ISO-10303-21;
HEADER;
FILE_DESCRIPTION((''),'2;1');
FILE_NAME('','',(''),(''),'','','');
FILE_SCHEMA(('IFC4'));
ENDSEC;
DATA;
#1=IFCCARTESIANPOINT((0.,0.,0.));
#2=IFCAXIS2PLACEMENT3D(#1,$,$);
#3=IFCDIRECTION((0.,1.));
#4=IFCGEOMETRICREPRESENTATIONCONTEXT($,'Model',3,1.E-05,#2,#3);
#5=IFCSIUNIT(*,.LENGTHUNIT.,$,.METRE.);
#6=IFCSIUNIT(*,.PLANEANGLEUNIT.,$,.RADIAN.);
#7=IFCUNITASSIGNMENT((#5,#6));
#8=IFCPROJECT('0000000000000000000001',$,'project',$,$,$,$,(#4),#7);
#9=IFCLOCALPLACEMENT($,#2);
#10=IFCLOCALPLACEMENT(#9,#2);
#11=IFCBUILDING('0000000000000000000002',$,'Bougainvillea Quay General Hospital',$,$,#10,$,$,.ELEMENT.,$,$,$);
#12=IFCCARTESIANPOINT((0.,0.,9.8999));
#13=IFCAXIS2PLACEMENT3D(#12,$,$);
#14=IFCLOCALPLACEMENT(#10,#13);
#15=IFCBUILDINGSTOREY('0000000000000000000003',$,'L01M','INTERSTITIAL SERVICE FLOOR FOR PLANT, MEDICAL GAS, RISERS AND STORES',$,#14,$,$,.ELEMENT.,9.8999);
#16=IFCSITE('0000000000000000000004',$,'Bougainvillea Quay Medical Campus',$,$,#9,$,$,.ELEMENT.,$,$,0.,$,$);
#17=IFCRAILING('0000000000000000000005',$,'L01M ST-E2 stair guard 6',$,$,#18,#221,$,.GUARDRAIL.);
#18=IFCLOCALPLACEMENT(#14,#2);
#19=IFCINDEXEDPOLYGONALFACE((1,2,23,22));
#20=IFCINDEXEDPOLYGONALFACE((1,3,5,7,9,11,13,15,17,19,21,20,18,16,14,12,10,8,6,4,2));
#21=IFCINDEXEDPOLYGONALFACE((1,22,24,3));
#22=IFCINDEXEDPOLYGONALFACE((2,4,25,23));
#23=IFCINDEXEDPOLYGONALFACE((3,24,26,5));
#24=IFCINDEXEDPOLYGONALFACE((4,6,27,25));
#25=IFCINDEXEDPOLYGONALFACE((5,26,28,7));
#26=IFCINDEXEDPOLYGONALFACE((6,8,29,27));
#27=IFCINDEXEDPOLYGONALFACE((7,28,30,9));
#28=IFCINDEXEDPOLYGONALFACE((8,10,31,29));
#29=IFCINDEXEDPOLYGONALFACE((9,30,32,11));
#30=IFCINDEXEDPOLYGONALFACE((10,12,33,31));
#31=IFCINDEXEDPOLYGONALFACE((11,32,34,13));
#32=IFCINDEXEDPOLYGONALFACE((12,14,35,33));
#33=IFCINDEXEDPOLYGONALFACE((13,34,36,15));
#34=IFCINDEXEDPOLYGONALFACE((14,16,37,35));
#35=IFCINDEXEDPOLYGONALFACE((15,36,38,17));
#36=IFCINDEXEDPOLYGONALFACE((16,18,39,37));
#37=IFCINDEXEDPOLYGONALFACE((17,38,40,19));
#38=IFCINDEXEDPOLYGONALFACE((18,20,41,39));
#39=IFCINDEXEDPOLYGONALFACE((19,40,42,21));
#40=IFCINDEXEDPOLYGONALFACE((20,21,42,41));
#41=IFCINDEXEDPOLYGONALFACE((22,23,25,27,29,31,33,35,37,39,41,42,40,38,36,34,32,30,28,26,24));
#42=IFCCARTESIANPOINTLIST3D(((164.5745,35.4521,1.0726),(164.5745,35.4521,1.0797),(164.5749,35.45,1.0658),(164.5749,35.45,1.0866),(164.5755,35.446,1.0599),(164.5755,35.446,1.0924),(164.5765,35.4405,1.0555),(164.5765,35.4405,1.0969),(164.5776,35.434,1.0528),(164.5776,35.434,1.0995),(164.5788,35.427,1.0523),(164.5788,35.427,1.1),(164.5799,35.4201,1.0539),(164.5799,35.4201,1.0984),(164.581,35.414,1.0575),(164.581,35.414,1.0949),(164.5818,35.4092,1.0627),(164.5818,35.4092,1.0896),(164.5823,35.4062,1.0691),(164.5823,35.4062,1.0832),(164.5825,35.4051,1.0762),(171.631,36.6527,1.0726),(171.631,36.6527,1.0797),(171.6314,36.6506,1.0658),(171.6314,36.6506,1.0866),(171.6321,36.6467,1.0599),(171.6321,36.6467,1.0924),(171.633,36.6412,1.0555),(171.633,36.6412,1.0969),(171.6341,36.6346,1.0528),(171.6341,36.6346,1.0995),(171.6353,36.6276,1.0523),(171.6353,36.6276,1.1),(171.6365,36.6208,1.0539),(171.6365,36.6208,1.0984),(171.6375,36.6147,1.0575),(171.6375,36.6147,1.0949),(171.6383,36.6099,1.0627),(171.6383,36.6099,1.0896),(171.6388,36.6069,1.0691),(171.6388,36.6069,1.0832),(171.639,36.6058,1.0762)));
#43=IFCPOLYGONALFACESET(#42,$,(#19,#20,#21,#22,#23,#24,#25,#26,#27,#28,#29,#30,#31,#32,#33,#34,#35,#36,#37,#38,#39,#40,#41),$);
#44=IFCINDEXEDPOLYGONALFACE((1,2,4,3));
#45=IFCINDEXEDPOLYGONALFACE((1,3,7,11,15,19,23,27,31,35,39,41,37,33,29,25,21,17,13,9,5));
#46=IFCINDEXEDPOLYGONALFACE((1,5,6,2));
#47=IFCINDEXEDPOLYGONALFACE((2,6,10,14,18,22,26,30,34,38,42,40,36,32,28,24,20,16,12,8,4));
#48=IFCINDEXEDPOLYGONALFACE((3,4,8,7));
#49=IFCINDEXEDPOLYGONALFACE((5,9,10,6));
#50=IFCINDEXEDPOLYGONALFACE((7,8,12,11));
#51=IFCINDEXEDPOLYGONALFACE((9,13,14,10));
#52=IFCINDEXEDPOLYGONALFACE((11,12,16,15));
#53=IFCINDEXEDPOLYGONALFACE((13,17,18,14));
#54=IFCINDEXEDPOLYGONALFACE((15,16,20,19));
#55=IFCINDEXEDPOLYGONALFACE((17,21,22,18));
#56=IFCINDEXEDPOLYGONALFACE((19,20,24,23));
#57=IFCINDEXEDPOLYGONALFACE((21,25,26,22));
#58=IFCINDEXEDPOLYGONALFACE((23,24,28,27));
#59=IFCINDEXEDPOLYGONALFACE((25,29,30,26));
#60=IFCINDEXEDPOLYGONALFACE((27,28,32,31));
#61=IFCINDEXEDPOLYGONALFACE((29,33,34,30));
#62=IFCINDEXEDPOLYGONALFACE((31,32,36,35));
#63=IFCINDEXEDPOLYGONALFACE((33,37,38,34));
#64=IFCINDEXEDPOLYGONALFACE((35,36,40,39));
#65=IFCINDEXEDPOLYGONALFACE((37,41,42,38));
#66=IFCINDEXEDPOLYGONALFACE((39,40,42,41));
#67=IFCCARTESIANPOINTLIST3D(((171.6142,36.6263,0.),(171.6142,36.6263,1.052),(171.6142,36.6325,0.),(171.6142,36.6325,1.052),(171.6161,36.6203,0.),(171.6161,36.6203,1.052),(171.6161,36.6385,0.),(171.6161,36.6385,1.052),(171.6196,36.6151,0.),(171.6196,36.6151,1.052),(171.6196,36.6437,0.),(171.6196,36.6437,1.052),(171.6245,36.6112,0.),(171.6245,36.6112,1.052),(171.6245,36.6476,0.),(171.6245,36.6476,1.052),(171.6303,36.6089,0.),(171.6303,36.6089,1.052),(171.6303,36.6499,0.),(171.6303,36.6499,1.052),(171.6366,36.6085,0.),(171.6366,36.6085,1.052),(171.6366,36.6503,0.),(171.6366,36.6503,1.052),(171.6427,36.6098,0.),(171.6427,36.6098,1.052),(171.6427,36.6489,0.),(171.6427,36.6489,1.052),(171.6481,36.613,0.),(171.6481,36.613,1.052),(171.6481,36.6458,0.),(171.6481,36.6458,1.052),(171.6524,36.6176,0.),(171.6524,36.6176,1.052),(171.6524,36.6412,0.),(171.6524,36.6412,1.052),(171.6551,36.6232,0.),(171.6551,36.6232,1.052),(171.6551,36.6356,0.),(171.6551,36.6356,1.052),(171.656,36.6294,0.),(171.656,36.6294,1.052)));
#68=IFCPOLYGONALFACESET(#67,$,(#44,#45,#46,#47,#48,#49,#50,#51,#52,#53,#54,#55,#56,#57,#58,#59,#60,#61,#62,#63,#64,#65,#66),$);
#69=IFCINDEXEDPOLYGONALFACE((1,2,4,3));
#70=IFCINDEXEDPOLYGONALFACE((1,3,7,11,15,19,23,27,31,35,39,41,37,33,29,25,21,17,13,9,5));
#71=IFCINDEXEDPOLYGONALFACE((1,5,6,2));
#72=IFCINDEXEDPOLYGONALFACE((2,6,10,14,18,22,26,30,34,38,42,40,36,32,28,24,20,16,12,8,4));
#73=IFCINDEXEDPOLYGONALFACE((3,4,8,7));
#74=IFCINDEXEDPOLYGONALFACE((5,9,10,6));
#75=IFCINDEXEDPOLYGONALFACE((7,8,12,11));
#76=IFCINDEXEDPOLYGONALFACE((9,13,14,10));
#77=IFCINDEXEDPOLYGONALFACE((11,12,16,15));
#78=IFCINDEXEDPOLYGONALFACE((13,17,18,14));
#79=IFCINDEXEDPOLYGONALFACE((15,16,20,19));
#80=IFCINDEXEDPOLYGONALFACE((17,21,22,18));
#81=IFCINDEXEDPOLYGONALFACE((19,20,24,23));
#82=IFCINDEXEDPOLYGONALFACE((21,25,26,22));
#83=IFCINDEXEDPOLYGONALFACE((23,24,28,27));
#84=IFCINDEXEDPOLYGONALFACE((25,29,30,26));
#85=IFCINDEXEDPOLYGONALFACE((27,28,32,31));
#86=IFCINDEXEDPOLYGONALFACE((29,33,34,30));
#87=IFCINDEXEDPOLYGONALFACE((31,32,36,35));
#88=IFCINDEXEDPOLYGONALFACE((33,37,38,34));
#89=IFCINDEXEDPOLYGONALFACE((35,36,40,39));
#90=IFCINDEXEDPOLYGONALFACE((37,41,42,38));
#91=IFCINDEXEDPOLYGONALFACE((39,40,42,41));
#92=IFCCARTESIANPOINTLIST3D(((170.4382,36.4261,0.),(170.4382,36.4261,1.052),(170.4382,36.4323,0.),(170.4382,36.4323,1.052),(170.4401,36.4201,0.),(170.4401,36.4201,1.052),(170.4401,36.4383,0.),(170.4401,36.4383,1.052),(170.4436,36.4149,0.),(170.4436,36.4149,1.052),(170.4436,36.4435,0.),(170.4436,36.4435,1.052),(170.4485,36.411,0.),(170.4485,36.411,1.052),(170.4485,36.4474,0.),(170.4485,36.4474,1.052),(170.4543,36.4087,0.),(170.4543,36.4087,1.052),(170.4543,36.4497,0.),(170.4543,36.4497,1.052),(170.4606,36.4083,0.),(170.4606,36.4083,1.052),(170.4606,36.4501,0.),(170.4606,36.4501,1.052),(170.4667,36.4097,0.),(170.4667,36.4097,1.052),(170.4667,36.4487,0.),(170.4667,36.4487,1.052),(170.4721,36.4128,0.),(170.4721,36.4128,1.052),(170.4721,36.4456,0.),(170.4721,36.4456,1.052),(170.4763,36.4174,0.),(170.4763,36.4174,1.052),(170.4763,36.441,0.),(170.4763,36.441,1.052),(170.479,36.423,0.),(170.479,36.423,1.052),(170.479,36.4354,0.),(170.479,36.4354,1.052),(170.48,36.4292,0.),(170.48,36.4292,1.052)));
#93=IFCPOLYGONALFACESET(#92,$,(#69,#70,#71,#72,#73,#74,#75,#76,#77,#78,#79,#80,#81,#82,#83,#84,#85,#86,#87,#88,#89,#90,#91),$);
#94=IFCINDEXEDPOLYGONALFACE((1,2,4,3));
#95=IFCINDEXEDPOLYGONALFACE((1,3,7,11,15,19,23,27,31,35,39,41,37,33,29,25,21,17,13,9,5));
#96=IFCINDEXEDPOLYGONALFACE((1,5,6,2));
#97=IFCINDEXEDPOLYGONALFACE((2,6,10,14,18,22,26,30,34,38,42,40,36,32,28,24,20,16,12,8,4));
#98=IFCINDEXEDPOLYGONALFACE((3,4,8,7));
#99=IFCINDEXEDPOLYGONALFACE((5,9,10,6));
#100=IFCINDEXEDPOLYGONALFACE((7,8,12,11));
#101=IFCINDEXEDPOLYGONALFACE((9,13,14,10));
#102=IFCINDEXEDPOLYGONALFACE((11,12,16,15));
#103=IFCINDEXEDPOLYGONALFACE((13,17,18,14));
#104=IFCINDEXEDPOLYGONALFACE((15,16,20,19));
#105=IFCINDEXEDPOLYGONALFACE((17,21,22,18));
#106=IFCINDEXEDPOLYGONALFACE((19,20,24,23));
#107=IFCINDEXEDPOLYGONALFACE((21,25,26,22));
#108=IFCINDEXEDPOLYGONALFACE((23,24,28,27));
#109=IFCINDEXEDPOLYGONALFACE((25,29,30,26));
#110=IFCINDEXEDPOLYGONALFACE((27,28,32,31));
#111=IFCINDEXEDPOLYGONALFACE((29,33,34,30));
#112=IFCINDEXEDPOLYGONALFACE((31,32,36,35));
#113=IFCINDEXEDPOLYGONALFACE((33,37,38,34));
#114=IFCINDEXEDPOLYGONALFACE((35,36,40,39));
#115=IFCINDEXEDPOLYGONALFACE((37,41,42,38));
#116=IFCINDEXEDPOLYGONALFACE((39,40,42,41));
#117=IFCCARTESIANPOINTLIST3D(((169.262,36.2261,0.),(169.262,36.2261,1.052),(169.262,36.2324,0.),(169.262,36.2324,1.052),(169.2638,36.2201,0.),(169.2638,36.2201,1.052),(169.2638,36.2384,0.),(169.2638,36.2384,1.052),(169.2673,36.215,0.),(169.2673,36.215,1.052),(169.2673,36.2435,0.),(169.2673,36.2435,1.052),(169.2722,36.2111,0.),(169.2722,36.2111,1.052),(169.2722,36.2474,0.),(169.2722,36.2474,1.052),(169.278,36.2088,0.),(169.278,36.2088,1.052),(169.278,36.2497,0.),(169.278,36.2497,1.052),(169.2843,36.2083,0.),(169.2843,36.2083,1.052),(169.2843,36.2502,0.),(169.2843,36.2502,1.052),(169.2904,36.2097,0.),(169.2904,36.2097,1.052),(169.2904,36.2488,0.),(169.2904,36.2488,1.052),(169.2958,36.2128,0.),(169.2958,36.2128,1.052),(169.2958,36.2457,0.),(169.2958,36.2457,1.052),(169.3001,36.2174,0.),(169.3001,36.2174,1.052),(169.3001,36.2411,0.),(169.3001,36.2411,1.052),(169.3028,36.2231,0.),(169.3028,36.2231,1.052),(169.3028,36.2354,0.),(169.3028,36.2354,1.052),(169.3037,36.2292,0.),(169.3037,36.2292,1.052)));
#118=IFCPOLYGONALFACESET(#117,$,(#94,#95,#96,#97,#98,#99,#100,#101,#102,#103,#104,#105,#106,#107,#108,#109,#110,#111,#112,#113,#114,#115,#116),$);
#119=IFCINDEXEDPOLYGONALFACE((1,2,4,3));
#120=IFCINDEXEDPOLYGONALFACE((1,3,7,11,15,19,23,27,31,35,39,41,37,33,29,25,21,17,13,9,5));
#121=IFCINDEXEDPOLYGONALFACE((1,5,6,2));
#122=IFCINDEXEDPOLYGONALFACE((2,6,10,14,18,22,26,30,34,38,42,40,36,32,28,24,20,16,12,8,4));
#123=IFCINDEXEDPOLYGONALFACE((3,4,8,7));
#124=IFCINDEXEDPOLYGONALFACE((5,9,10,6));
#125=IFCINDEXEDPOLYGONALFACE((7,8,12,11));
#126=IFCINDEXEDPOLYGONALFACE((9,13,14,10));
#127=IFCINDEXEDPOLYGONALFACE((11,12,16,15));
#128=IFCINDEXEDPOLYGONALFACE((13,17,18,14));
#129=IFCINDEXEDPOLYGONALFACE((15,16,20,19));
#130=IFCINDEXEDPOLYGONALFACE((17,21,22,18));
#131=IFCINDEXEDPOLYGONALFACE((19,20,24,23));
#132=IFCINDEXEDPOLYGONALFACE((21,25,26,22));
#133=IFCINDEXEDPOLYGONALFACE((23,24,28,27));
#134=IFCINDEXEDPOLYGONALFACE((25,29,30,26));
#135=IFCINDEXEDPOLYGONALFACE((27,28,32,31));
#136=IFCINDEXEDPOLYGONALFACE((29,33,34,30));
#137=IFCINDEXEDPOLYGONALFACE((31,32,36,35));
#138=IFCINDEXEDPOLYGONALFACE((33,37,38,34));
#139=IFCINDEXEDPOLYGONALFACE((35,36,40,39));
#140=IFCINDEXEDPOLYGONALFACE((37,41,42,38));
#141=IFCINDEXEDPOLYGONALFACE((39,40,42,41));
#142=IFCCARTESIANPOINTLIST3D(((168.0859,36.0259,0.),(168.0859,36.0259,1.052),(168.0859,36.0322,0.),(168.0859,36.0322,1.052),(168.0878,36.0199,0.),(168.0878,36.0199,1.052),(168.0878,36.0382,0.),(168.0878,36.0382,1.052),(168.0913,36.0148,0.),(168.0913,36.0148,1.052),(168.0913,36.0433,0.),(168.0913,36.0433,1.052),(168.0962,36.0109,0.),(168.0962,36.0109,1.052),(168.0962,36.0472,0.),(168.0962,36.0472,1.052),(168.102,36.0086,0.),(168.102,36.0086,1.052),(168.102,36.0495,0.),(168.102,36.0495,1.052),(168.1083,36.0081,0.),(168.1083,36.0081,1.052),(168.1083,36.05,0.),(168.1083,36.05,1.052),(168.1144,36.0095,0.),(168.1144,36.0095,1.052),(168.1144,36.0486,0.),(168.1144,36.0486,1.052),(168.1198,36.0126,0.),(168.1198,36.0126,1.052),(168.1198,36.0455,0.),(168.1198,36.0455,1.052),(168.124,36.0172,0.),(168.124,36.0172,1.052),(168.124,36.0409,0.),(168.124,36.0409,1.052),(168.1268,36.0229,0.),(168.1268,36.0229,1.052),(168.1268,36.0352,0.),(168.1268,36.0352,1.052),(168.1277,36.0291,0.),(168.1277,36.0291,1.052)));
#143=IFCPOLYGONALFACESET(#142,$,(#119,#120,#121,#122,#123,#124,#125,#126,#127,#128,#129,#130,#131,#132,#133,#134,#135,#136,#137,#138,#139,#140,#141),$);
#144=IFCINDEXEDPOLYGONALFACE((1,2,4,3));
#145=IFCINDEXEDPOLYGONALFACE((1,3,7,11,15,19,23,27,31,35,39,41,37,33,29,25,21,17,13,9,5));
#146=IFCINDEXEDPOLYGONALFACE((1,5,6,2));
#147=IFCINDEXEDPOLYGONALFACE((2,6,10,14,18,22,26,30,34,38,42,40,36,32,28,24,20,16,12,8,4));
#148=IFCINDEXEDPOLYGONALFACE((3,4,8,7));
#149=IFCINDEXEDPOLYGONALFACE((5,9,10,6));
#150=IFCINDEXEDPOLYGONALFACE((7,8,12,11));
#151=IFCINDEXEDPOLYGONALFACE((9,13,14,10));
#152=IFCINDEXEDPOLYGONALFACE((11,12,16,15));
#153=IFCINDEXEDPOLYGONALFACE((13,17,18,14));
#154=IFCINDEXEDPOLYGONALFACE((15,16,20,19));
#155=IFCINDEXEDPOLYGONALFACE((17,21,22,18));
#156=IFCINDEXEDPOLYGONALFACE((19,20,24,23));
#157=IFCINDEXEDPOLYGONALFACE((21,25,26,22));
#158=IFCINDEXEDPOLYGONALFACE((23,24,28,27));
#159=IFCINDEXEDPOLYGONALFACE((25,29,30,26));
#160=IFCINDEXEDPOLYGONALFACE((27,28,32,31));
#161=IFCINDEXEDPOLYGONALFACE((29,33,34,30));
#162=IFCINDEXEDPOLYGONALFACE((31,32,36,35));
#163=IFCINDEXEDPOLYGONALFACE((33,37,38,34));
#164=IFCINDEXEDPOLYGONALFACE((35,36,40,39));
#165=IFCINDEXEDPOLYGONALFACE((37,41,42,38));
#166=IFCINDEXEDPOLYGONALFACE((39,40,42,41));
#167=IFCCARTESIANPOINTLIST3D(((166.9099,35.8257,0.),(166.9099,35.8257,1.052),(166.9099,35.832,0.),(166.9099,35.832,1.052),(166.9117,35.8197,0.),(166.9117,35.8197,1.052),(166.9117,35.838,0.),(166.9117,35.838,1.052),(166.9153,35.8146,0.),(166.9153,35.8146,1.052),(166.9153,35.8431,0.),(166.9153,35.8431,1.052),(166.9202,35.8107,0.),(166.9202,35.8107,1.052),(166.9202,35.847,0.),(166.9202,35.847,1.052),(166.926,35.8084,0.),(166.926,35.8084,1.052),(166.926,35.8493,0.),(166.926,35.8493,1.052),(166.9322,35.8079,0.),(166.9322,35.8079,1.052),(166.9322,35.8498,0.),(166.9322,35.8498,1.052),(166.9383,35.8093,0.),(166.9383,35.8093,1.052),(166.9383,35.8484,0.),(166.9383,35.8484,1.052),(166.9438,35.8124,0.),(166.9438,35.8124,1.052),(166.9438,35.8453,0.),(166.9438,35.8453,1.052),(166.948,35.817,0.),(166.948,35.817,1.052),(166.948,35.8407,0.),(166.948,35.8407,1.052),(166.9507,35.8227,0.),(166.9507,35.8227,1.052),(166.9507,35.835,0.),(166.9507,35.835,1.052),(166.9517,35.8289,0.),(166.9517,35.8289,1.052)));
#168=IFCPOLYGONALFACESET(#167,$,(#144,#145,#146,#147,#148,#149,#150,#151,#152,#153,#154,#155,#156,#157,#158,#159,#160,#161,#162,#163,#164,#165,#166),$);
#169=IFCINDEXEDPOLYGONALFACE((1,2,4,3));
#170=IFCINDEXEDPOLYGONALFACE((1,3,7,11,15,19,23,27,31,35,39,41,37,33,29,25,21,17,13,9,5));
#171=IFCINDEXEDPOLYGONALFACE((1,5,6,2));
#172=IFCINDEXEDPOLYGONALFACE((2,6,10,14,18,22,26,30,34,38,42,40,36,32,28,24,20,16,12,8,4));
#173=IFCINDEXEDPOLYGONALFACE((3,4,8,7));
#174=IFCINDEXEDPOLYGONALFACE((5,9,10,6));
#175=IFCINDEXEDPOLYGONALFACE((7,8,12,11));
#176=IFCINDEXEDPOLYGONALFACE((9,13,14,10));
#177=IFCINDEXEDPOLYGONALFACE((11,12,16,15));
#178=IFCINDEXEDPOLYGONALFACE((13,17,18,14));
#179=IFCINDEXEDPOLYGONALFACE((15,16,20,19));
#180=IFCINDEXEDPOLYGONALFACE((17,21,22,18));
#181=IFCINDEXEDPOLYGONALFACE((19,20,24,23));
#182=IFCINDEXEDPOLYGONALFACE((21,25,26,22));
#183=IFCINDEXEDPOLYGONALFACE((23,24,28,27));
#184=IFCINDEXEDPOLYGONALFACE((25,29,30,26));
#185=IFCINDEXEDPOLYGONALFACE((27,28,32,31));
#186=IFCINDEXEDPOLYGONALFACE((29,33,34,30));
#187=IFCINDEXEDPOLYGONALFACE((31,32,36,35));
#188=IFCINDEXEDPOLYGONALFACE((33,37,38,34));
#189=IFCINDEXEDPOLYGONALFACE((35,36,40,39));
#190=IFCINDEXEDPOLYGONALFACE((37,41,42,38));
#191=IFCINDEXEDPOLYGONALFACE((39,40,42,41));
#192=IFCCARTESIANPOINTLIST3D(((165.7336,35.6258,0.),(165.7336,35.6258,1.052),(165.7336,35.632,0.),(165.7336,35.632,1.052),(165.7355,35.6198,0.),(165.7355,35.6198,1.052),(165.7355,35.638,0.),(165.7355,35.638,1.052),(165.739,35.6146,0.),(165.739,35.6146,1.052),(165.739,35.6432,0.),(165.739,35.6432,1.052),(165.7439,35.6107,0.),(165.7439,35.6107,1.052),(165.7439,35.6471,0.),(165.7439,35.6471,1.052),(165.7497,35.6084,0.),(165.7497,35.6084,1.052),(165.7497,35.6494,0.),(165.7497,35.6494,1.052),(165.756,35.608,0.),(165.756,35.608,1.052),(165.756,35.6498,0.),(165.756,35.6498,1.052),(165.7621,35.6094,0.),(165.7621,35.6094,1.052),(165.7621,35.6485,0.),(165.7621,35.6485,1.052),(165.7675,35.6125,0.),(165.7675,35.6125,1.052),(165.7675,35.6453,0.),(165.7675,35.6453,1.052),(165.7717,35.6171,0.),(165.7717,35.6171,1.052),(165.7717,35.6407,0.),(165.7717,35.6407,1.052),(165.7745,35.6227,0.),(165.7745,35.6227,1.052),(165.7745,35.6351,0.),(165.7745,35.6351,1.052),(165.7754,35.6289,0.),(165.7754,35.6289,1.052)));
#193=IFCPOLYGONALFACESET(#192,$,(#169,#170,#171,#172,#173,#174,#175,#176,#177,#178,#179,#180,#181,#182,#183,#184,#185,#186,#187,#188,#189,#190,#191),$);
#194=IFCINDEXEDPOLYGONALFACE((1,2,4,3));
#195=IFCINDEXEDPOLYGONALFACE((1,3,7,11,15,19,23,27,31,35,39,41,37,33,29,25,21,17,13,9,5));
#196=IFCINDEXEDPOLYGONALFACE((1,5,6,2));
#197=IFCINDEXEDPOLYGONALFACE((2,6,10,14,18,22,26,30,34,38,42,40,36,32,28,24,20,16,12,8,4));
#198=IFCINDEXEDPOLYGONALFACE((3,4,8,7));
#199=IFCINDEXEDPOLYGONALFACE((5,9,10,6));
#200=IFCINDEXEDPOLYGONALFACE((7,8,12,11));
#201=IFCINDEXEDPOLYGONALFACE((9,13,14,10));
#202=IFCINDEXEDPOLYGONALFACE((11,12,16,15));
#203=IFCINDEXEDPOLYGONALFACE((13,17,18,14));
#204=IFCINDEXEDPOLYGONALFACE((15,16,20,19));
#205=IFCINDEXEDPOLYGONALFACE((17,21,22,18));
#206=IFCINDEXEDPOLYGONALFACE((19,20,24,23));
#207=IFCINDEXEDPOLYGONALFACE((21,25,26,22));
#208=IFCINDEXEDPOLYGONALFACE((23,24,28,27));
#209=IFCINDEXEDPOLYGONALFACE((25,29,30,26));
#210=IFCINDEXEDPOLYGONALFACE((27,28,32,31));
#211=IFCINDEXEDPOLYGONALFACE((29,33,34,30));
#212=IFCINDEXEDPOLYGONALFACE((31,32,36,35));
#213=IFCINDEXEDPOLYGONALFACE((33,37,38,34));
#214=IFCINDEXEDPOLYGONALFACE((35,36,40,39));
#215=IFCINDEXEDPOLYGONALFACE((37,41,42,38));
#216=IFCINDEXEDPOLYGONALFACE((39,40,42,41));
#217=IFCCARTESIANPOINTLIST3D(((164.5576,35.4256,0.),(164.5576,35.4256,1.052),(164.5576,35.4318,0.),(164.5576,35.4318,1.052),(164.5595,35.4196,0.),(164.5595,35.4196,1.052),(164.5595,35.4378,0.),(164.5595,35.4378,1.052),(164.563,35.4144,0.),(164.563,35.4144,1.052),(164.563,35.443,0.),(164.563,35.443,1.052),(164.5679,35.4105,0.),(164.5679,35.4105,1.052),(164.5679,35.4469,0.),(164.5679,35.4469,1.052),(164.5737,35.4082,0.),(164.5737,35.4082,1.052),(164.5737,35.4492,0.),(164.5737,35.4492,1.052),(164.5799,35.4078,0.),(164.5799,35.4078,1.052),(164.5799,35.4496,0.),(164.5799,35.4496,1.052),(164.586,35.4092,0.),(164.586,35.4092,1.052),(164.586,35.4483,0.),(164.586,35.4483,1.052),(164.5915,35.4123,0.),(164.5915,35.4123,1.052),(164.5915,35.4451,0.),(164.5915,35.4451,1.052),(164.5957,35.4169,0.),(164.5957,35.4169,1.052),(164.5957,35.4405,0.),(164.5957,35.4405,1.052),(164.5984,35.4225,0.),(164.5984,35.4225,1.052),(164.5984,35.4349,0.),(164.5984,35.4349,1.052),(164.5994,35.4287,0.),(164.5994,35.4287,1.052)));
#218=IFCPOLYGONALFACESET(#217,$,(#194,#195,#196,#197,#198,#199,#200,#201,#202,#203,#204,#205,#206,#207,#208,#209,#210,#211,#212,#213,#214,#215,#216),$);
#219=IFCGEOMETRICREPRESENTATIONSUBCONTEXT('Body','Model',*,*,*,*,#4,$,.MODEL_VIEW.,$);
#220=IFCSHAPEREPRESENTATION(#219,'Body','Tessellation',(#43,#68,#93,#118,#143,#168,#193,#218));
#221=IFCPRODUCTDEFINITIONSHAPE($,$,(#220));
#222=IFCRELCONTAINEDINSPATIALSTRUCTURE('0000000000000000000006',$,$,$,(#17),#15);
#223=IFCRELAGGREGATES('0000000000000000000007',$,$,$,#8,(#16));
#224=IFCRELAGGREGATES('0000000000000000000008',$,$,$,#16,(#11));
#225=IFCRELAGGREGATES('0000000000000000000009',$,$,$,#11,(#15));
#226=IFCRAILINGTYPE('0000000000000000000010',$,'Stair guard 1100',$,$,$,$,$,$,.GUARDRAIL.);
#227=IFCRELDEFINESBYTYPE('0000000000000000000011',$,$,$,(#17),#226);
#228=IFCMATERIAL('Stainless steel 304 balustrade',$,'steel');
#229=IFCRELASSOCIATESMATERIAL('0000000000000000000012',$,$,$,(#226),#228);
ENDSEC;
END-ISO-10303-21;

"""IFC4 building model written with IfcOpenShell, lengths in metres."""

from ifc_helpers import new_model, si_unit, direction, frame, origin, origin_2d, place, context, subcontext, project, spatial, circle, extrude, material, type_object, element, save


model = new_model("IFC4")

# Units and contexts
model_context = context("Model", 3, precision=1e-05, world=origin(), true_north=direction((0.0, 1.0)))
body_context = subcontext(model_context, "Body", "Model", "MODEL_VIEW")
ifc_project = project(units=[si_unit("LENGTHUNIT", "METRE"), si_unit("PLANEANGLEUNIT", "RADIAN")], contexts=[model_context])

# Site, building, storey
site_placement = place(None, origin())
site = spatial("IfcSite", under=ifc_project, at=site_placement, Name="Bougainvillea Quay Medical Campus", CompositionType="ELEMENT", RefElevation=0.0)
building_placement = place(site_placement, origin())
building = spatial("IfcBuilding", under=site, at=building_placement, Name="Bougainvillea Quay General Hospital", CompositionType="ELEMENT")
storey_placement = place(building_placement, frame((0.0, 0.0, 9.8999)))
storey = spatial("IfcBuildingStorey", under=building, at=storey_placement, Name="L01M", Description="INTERSTITIAL SERVICE FLOOR FOR PLANT, MEDICAL GAS, RISERS AND STORES", CompositionType="ELEMENT", Elevation=9.8999)

# Railing
ifc_material_1 = material(Name="Stainless steel 304 balustrade", Category="steel")
railing_type_1 = type_object("IfcRailingType", Name="Stair guard 1100", PredefinedType="GUARDRAIL", material=ifc_material_1)
railing_1_placement = place(storey_placement, frame((171.635, 36.6294, 0.0)))
element("IfcRailing", 1, at=railing_1_placement, inside=storey, type_object=railing_type_1, Name="L01M ST-E2 stair guard 6", PredefinedType="GUARDRAIL", context=body_context, shape_type="SweptSolid", body=[
    extrude(circle(Radius=0.0239, at=origin_2d()), frame((0.0, 0.0, 1.0762), z_axis=(-0.985831, -0.167739, 0.0), x_axis=(0.167739, -0.985831, 0.0)), (0.0, 0.0, 1.0), 7.158),
    extrude(circle(Radius=0.021, at=origin_2d()), origin(), (0.0, 0.0, 1.0), 1.052),
    extrude(circle(Radius=0.021, at=origin_2d()), frame((-1.176, -0.2002, 0.0)), (0.0, 0.0, 1.0), 1.052),
    extrude(circle(Radius=0.021, at=origin_2d()), frame((-2.3523, -0.4001, 0.0)), (0.0, 0.0, 1.0), 1.052),
    extrude(circle(Radius=0.021, at=origin_2d()), frame((-3.5283, -0.6003, 0.0)), (0.0, 0.0, 1.0), 1.052),
    extrude(circle(Radius=0.021, at=origin_2d()), frame((-4.7043, -0.8005, 0.0)), (0.0, 0.0, 1.0), 1.052),
    extrude(circle(Radius=0.021, at=origin_2d()), frame((-5.8806, -1.0005, 0.0)), (0.0, 0.0, 1.0), 1.052),
    extrude(circle(Radius=0.021, at=origin_2d()), frame((-7.0566, -1.2007, 0.0)), (0.0, 0.0, 1.0), 1.052),
])

save(model, "model.ifc")
